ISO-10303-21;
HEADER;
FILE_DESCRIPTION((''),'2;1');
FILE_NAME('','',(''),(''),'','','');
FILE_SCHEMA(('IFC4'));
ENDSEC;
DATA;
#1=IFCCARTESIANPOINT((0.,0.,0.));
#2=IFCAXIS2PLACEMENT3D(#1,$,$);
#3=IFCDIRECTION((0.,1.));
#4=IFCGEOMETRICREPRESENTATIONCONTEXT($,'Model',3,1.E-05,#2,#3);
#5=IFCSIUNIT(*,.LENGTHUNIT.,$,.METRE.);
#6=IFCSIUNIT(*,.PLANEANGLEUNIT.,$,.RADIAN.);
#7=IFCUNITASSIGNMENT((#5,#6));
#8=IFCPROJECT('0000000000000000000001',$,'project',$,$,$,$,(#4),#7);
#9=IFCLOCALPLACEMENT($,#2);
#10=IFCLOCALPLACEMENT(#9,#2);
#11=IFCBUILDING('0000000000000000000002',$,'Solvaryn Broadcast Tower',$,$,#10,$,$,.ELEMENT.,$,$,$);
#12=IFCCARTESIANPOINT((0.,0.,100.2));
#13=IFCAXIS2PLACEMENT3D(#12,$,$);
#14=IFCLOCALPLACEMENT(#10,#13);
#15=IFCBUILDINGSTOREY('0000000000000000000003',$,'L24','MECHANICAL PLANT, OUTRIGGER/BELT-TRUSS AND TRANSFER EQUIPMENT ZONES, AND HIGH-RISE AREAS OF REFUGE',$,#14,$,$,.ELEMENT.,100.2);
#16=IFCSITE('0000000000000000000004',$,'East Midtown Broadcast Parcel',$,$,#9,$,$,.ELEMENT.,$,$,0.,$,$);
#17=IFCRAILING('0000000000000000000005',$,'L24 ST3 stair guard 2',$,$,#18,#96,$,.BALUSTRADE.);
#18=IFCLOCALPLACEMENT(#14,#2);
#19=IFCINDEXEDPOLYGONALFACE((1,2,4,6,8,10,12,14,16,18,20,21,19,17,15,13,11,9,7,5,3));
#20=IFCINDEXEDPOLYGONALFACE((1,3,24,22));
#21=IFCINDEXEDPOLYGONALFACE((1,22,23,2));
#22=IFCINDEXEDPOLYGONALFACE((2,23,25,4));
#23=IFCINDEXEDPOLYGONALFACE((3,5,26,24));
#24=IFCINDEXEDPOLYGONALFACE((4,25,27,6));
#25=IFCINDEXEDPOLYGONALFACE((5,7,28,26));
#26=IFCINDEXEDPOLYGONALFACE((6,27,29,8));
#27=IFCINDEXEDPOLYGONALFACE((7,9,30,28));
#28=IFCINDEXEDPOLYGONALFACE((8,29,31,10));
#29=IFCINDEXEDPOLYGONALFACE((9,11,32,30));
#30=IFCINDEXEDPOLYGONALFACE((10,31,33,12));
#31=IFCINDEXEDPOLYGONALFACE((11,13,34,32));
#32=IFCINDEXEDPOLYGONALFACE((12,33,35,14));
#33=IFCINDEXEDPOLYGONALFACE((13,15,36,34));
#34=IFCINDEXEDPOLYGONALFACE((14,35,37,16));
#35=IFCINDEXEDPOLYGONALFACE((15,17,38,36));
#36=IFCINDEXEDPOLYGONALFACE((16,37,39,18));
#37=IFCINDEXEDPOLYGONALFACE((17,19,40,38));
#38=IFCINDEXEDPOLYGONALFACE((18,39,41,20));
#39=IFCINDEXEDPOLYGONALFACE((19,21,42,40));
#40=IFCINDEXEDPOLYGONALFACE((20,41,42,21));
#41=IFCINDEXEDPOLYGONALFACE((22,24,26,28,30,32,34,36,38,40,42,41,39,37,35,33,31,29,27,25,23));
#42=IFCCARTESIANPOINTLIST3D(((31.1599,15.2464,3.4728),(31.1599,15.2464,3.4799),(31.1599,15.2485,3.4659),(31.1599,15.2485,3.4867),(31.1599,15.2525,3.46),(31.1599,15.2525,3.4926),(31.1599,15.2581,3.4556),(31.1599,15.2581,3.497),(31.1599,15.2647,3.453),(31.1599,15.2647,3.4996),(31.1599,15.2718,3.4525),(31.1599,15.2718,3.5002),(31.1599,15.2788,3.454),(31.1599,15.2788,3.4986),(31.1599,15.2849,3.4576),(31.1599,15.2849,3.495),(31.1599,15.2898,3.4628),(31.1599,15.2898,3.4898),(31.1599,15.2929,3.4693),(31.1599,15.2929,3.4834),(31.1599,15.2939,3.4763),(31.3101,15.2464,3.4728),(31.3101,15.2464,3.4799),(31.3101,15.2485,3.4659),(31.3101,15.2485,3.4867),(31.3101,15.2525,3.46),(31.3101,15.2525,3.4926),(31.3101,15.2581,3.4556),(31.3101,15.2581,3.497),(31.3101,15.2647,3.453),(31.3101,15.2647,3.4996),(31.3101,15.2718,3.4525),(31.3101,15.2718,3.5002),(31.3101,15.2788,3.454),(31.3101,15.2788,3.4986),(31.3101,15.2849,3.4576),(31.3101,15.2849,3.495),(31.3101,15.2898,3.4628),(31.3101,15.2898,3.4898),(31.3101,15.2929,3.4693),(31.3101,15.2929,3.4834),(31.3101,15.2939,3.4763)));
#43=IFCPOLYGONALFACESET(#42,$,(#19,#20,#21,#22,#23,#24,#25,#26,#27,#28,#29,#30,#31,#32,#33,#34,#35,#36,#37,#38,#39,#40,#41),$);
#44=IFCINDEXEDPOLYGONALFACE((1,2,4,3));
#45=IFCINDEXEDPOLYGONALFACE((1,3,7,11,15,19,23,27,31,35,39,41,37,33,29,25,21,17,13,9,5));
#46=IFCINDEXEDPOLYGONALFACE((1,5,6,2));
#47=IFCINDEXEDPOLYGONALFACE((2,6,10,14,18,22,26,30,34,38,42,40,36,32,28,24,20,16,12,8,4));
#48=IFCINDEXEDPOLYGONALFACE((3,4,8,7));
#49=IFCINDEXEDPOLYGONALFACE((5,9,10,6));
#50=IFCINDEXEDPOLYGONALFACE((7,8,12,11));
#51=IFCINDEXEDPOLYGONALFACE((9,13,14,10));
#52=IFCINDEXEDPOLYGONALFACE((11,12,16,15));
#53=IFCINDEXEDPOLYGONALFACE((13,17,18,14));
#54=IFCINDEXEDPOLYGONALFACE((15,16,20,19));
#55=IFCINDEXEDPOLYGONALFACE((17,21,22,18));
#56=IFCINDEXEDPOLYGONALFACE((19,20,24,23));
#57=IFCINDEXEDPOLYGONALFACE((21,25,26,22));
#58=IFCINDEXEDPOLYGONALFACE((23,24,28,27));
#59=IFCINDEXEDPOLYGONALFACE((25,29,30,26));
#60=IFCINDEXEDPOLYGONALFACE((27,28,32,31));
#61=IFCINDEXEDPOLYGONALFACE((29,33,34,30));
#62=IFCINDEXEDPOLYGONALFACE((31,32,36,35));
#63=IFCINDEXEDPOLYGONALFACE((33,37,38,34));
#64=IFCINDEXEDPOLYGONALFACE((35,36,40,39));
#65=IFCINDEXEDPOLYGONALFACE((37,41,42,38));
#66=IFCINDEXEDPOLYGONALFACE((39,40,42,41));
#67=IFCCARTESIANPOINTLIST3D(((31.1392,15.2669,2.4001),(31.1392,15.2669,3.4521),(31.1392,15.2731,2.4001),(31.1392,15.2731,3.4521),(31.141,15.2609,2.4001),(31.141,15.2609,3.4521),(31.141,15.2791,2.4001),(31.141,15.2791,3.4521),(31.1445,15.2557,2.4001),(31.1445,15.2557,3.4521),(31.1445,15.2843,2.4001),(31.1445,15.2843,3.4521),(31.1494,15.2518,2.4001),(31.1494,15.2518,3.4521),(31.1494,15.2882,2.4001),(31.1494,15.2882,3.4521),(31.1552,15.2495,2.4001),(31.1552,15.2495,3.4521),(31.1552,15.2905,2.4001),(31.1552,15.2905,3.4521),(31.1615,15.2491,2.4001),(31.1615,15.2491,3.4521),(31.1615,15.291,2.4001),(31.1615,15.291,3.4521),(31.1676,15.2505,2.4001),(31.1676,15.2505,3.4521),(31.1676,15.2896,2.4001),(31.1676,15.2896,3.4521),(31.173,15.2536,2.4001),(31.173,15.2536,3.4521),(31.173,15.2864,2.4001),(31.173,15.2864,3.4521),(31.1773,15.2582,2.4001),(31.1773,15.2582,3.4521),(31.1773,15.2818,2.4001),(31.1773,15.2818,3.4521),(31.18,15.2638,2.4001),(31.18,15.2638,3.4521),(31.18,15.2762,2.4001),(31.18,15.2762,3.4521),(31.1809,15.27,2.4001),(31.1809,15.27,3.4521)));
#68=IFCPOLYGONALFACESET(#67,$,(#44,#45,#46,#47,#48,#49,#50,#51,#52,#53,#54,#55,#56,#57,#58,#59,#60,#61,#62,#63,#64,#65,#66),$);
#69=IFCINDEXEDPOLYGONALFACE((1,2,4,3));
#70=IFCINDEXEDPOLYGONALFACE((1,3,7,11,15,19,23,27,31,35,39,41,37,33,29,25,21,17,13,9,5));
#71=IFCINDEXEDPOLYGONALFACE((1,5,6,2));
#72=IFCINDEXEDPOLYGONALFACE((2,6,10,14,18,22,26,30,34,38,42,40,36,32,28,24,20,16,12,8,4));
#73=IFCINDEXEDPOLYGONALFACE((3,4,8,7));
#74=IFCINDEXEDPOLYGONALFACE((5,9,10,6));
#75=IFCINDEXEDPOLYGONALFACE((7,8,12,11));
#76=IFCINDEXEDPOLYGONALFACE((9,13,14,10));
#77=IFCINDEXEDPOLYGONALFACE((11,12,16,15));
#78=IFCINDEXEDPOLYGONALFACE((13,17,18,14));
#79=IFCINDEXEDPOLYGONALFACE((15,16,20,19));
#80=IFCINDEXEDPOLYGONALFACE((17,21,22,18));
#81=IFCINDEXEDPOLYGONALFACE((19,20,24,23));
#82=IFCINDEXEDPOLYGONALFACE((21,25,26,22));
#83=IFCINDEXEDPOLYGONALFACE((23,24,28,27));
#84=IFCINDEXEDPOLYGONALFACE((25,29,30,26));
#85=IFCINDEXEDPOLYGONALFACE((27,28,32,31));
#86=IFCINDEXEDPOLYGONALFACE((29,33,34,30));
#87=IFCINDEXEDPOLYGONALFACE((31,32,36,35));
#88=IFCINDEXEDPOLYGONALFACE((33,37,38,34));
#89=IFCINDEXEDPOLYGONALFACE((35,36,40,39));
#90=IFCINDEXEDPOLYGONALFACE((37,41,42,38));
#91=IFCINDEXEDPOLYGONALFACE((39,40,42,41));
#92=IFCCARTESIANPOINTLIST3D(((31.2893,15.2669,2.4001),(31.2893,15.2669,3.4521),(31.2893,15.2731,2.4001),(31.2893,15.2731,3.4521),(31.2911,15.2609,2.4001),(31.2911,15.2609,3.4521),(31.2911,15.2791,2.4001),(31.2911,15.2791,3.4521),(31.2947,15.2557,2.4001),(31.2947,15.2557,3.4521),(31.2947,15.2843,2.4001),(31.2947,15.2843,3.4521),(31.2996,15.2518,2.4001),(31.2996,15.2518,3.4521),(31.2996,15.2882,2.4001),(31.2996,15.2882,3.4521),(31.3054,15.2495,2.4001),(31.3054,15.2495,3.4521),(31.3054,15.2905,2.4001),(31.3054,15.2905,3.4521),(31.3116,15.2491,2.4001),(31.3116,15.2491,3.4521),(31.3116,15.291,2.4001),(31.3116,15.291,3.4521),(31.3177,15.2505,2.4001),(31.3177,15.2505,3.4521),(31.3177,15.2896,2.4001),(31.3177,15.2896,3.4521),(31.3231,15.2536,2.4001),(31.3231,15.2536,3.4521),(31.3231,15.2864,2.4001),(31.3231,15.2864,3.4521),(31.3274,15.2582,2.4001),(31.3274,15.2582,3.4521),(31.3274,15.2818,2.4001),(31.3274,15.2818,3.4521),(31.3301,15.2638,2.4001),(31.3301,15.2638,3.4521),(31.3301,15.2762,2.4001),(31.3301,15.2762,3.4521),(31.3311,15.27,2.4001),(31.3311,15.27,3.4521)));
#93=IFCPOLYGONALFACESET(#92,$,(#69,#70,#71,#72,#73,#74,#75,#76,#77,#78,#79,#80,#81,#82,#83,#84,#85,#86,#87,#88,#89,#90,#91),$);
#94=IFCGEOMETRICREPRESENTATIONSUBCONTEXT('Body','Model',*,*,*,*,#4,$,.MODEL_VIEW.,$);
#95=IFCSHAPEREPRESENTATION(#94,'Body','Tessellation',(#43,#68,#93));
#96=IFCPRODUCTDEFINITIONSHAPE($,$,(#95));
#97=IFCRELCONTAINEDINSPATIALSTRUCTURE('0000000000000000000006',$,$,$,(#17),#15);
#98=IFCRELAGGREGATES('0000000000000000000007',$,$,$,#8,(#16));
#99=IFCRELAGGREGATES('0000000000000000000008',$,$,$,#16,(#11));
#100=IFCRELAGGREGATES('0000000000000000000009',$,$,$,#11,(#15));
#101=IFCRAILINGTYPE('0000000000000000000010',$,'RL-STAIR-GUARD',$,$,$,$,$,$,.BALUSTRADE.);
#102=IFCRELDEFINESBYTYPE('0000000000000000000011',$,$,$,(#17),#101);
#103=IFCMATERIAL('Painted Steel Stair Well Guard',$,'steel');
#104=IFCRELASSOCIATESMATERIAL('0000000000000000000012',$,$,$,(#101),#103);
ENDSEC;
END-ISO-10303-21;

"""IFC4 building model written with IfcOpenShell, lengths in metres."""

from ifc_helpers import new_model, si_unit, direction, frame, origin, origin_2d, place, context, subcontext, project, spatial, circle, extrude, material, type_object, element, save


model = new_model("IFC4")

# Units and contexts
model_context = context("Model", 3, precision=1e-05, world=origin(), true_north=direction((0.0, 1.0)))
body_context = subcontext(model_context, "Body", "Model", "MODEL_VIEW")
ifc_project = project(units=[si_unit("LENGTHUNIT", "METRE"), si_unit("PLANEANGLEUNIT", "RADIAN")], contexts=[model_context])

# Site, building, storey
site_placement = place(None, origin())
site = spatial("IfcSite", under=ifc_project, at=site_placement, Name="East Midtown Broadcast Parcel", CompositionType="ELEMENT", RefElevation=0.0)
building_placement = place(site_placement, origin())
building = spatial("IfcBuilding", under=site, at=building_placement, Name="Solvaryn Broadcast Tower", CompositionType="ELEMENT")
storey_placement = place(building_placement, frame((0.0, 0.0, 100.2)))
storey = spatial("IfcBuildingStorey", under=building, at=storey_placement, Name="L24", Description="MECHANICAL PLANT, OUTRIGGER/BELT-TRUSS AND TRANSFER EQUIPMENT ZONES, AND HIGH-RISE AREAS OF REFUGE", CompositionType="ELEMENT", Elevation=100.2)

# Railing
ifc_material_1 = material(Name="Painted Steel Stair Well Guard", Category="steel")
railing_type_1 = type_object("IfcRailingType", Name="RL-STAIR-GUARD", PredefinedType="BALUSTRADE", material=ifc_material_1)
railing_1_placement = place(storey_placement, frame((31.1599, 15.27, 2.4001)))
element("IfcRailing", 1, at=railing_1_placement, inside=storey, type_object=railing_type_1, Name="L24 ST3 stair guard 2", PredefinedType="BALUSTRADE", context=body_context, shape_type="SweptSolid", body=[
    extrude(circle(Radius=0.0239, at=origin_2d()), frame((0.0, 0.0, 1.0762), z_axis=(1.0, 0.0, 0.0), x_axis=(0.0, 1.0, 0.0)), (0.0, 0.0, 1.0), 0.1501),
    extrude(circle(Radius=0.021, at=origin_2d()), origin(), (0.0, 0.0, 1.0), 1.052),
    extrude(circle(Radius=0.021, at=origin_2d()), frame((0.1501, 0.0, 0.0)), (0.0, 0.0, 1.0), 1.052),
])

save(model, "model.ifc")
